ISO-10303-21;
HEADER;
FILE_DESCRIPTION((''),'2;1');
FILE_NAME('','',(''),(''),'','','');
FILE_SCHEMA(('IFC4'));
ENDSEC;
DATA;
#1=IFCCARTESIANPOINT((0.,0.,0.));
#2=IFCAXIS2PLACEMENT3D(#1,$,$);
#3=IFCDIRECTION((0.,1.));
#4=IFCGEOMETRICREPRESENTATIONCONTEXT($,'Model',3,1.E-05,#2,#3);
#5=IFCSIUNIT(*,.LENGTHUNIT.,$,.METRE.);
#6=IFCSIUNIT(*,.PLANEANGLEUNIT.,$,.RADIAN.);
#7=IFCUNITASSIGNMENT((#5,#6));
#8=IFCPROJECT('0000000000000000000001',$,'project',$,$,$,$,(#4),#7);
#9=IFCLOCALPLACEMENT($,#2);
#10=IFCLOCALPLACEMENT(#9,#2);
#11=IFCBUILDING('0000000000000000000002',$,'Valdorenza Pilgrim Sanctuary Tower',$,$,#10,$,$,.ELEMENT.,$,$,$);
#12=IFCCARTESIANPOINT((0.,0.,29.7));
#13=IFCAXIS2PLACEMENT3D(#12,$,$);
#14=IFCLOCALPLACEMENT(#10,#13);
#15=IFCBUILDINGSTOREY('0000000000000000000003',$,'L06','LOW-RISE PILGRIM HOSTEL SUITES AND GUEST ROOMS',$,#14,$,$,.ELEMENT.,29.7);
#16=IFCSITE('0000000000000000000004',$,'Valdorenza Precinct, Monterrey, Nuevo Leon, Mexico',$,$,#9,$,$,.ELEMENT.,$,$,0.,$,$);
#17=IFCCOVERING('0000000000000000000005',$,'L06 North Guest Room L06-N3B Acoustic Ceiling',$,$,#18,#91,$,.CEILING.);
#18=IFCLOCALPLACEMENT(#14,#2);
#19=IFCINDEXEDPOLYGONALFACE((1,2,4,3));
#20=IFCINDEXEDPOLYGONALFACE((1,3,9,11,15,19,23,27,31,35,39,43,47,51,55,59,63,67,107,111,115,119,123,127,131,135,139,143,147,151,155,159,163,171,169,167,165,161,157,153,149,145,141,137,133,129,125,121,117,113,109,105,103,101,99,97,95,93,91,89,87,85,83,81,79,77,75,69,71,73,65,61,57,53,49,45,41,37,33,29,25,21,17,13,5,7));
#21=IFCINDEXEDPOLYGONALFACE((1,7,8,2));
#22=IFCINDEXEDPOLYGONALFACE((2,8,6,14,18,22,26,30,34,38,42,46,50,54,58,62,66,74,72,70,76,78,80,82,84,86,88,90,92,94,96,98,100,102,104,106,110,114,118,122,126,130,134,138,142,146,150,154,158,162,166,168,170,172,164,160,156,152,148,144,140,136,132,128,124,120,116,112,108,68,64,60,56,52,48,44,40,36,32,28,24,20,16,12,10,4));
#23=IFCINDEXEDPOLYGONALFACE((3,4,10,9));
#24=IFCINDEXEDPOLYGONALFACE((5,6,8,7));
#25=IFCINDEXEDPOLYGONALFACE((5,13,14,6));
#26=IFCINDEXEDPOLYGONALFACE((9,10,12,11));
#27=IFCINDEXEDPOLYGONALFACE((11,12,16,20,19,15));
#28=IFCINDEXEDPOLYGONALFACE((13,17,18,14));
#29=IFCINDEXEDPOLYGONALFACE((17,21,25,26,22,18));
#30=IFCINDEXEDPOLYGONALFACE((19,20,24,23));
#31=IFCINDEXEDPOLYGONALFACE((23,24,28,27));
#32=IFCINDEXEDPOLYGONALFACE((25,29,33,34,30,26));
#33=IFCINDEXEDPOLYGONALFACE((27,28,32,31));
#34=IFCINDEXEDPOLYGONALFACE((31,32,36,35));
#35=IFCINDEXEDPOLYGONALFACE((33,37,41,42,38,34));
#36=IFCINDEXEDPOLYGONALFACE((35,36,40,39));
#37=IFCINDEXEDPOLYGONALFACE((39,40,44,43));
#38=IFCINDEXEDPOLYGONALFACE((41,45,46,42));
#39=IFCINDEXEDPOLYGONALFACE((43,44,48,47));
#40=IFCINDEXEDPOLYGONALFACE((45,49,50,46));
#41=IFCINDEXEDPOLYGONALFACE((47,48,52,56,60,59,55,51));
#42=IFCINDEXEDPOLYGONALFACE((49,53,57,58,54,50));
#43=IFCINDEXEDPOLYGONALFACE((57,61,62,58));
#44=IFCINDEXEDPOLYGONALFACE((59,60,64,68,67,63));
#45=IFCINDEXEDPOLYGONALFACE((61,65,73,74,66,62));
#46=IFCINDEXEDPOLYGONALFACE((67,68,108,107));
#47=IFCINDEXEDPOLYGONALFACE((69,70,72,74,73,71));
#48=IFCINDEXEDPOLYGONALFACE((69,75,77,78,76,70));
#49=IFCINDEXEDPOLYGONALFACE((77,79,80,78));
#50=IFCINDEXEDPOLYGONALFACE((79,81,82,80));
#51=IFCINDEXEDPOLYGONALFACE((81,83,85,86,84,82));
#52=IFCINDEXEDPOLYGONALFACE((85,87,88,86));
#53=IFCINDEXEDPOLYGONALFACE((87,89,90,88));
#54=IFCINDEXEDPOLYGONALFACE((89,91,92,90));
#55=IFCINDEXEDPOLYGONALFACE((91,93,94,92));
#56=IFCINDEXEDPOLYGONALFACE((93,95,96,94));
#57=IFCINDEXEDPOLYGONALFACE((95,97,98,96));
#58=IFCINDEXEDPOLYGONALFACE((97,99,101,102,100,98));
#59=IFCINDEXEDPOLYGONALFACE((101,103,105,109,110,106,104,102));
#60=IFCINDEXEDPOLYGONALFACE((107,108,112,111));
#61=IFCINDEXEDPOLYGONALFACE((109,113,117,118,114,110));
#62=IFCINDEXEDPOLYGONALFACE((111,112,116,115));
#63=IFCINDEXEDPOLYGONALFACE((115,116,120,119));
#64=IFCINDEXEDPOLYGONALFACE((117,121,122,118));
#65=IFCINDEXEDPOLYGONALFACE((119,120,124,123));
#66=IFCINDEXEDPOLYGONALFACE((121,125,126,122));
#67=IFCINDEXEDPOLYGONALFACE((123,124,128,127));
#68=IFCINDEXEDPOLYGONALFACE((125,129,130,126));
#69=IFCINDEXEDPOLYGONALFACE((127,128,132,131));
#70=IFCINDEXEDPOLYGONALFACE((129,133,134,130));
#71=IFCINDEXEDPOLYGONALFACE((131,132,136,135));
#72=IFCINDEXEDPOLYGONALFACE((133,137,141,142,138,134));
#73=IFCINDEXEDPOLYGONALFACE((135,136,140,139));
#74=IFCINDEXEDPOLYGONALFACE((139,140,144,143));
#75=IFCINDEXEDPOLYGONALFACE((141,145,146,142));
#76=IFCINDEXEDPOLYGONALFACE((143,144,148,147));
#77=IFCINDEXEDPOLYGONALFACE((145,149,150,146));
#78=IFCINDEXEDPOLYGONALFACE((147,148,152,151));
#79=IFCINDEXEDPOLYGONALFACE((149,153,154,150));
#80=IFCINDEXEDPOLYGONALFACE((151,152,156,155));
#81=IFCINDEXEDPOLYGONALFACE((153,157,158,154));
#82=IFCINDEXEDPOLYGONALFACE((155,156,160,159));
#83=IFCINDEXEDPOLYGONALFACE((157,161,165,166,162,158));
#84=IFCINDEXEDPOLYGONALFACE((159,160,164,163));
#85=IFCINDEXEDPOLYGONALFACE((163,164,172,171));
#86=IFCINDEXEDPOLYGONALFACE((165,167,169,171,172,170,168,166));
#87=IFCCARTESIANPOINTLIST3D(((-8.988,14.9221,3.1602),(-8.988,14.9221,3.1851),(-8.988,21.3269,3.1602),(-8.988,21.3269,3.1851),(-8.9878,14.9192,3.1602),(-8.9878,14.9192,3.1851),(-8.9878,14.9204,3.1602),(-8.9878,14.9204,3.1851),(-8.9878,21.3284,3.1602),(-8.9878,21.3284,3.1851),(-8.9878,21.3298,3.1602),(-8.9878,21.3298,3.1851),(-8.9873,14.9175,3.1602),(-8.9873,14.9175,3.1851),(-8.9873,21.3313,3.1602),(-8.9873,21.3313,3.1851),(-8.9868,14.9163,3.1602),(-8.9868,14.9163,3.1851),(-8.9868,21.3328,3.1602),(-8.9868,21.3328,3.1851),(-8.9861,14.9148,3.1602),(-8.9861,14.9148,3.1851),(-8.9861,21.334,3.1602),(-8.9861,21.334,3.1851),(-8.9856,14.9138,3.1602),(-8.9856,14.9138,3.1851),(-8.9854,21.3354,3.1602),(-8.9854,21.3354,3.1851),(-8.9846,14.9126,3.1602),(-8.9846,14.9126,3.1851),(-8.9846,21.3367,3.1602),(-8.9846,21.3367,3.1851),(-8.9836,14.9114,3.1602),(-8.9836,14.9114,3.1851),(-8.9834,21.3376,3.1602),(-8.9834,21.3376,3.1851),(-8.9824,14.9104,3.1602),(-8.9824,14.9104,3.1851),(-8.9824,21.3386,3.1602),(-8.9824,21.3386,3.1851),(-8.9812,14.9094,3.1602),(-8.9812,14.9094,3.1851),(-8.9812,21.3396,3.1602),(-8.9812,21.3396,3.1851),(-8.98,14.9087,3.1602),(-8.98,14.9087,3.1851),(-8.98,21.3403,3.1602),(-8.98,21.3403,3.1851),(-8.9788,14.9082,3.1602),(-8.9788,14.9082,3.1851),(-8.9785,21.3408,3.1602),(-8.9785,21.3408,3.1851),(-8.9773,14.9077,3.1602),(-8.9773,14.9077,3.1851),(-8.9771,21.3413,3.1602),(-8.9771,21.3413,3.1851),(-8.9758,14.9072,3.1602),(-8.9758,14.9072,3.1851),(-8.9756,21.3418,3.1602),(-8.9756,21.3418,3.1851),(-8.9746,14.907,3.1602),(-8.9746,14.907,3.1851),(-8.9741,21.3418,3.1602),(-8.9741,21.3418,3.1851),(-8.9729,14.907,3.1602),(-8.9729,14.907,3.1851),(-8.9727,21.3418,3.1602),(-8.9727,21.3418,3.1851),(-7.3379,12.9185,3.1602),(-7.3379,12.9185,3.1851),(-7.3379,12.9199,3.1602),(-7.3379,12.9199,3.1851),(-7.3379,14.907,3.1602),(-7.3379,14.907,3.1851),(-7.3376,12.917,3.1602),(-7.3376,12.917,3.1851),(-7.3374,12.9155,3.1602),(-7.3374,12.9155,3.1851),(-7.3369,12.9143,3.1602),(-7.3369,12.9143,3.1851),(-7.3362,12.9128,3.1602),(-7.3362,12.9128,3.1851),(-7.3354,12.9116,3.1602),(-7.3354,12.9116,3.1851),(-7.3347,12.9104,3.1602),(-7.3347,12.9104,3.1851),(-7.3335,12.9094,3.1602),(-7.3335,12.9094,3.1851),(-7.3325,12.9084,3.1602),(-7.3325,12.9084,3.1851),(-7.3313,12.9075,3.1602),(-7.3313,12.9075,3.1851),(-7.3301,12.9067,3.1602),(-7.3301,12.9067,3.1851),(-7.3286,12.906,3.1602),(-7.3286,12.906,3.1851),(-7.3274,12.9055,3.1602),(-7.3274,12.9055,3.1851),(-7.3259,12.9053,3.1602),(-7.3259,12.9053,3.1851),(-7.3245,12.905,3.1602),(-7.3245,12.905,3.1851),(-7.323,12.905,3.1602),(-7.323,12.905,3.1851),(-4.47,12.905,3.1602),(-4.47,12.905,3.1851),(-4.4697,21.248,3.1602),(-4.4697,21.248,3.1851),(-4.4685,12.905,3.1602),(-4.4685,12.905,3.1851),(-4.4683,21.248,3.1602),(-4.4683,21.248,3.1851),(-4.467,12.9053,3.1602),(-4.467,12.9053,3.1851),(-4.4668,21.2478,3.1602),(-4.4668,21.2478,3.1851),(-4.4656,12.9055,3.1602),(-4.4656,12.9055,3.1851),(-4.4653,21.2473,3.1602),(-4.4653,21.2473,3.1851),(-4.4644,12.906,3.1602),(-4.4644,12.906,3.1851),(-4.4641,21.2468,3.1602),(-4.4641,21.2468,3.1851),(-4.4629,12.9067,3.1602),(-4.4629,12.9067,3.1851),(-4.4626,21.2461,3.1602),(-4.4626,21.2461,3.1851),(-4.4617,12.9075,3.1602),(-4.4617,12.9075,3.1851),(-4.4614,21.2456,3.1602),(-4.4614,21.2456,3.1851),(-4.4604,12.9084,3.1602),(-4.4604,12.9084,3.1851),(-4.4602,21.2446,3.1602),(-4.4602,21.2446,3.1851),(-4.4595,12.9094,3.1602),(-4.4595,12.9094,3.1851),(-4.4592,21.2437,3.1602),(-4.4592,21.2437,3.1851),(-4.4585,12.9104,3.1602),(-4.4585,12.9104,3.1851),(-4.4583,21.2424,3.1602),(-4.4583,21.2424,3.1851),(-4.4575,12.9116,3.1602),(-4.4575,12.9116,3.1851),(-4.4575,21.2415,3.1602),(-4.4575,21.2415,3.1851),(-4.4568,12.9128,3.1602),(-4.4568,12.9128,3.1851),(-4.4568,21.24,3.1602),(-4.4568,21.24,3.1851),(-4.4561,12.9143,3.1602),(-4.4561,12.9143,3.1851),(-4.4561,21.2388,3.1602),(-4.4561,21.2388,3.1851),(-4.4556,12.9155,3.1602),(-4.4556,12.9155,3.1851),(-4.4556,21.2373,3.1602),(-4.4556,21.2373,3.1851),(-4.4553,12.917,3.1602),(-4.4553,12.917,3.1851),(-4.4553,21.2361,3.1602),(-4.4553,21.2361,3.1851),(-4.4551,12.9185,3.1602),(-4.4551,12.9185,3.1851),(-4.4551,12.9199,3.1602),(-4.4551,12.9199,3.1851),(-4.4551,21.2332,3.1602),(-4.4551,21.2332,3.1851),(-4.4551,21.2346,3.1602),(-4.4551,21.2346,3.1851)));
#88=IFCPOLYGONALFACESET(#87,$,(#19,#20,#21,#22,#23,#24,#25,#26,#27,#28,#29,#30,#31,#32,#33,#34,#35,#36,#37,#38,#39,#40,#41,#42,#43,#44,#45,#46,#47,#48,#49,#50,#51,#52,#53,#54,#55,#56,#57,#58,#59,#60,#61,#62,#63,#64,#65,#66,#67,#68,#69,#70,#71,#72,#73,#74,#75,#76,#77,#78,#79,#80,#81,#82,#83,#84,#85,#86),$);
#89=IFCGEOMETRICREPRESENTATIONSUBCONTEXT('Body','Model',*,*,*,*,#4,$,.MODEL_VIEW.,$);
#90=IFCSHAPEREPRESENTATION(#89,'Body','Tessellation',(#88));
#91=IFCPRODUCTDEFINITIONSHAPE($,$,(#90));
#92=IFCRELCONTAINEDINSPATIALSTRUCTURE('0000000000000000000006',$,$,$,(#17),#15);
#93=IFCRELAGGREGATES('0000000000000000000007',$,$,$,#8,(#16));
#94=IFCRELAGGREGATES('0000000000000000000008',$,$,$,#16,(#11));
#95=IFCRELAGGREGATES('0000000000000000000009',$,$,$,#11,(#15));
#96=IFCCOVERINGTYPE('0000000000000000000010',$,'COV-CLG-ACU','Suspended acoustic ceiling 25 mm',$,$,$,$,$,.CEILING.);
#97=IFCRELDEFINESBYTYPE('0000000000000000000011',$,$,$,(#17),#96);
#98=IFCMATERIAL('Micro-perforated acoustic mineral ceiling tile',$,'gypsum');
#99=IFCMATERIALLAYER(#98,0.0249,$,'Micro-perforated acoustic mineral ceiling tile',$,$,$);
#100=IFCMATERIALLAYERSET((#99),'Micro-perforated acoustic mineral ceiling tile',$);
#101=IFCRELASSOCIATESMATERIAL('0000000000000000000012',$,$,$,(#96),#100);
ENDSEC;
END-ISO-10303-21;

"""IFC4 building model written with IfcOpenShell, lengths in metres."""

from ifc_helpers import new_model, si_unit, direction, frame, origin, place, context, subcontext, project, spatial, polyline, outline, extrude, material, layer, layer_set, type_object, element, save


model = new_model("IFC4")

# Units and contexts
model_context = context("Model", 3, precision=1e-05, world=origin(), true_north=direction((0.0, 1.0)))
body_context = subcontext(model_context, "Body", "Model", "MODEL_VIEW")
ifc_project = project(units=[si_unit("LENGTHUNIT", "METRE"), si_unit("PLANEANGLEUNIT", "RADIAN")], contexts=[model_context])

# Site, building, storey
site_placement = place(None, origin())
site = spatial("IfcSite", under=ifc_project, at=site_placement, Name="Valdorenza Precinct, Monterrey, Nuevo Leon, Mexico", CompositionType="ELEMENT", RefElevation=0.0)
building_placement = place(site_placement, origin())
building = spatial("IfcBuilding", under=site, at=building_placement, Name="Valdorenza Pilgrim Sanctuary Tower", CompositionType="ELEMENT")
storey_placement = place(building_placement, frame((0.0, 0.0, 29.7)))
storey = spatial("IfcBuildingStorey", under=building, at=storey_placement, Name="L06", Description="LOW-RISE PILGRIM HOSTEL SUITES AND GUEST ROOMS", CompositionType="ELEMENT", Elevation=29.7)

# Covering
ifc_material_1 = material(Name="Micro-perforated acoustic mineral ceiling tile", Category="gypsum")
ifc_layer_1 = layer(ifc_material_1, 0.0249, Name="Micro-perforated acoustic mineral ceiling tile")
ifc_layer_set_1 = layer_set([ifc_layer_1], Name="Micro-perforated acoustic mineral ceiling tile")
covering_type_1 = type_object("IfcCoveringType", Name="COV-CLG-ACU", Description="Suspended acoustic ceiling 25 mm", PredefinedType="CEILING", material=ifc_layer_set_1)
covering_1_placement = place(storey_placement, frame((0.0, 0.0, 3.1602)))
element("IfcCovering", 1, at=covering_1_placement, inside=storey, type_object=covering_type_1, Name="L06 North Guest Room L06-N3B Acoustic Ceiling", PredefinedType="CEILING", context=body_context, shape_type="SweptSolid", body=[
    extrude(outline(polyline([(-7.3379, 14.907), (-8.9729, 14.907), (-8.9746, 14.907), (-8.9758, 14.9072), (-8.9773, 14.9077), (-8.9788, 14.9082), (-8.98, 14.9087), (-8.9812, 14.9094), (-8.9824, 14.9104), (-8.9836, 14.9114), (-8.9846, 14.9126), (-8.9856, 14.9138), (-8.9861, 14.9148), (-8.9868, 14.9163), (-8.9873, 14.9175), (-8.9878, 14.9192), (-8.9878, 14.9204), (-8.988, 14.9221), (-8.988, 21.3269), (-8.9878, 21.3284), (-8.9878, 21.3298), (-8.9873, 21.3313), (-8.9868, 21.3328), (-8.9861, 21.334), (-8.9854, 21.3354), (-8.9846, 21.3367), (-8.9834, 21.3376), (-8.9824, 21.3386), (-8.9812, 21.3396), (-8.98, 21.3403), (-8.9785, 21.3408), (-8.9771, 21.3413), (-8.9756, 21.3418), (-8.9741, 21.3418), (-8.9727, 21.3418), (-4.4697, 21.248), (-4.4683, 21.248), (-4.4668, 21.2478), (-4.4653, 21.2473), (-4.4641, 21.2468), (-4.4626, 21.2461), (-4.4614, 21.2456), (-4.4602, 21.2446), (-4.4592, 21.2437), (-4.4583, 21.2424), (-4.4575, 21.2415), (-4.4568, 21.24), (-4.4561, 21.2388), (-4.4556, 21.2373), (-4.4553, 21.2361), (-4.4551, 21.2346), (-4.4551, 21.2332), (-4.4551, 12.9199), (-4.4551, 12.9185), (-4.4553, 12.917), (-4.4556, 12.9155), (-4.4561, 12.9143), (-4.4568, 12.9128), (-4.4575, 12.9116), (-4.4585, 12.9104), (-4.4595, 12.9094), (-4.4604, 12.9084), (-4.4617, 12.9075), (-4.4629, 12.9067), (-4.4644, 12.906), (-4.4656, 12.9055), (-4.467, 12.9053), (-4.4685, 12.905), (-4.47, 12.905), (-7.323, 12.905), (-7.3245, 12.905), (-7.3259, 12.9053), (-7.3274, 12.9055), (-7.3286, 12.906), (-7.3301, 12.9067), (-7.3313, 12.9075), (-7.3325, 12.9084), (-7.3335, 12.9094), (-7.3347, 12.9104), (-7.3354, 12.9116), (-7.3362, 12.9128), (-7.3369, 12.9143), (-7.3374, 12.9155), (-7.3376, 12.917), (-7.3379, 12.9185), (-7.3379, 12.9199), (-7.3379, 14.907)])), origin(), (0.0, 0.0, 1.0), 0.0249),
])

save(model, "model.ifc")
